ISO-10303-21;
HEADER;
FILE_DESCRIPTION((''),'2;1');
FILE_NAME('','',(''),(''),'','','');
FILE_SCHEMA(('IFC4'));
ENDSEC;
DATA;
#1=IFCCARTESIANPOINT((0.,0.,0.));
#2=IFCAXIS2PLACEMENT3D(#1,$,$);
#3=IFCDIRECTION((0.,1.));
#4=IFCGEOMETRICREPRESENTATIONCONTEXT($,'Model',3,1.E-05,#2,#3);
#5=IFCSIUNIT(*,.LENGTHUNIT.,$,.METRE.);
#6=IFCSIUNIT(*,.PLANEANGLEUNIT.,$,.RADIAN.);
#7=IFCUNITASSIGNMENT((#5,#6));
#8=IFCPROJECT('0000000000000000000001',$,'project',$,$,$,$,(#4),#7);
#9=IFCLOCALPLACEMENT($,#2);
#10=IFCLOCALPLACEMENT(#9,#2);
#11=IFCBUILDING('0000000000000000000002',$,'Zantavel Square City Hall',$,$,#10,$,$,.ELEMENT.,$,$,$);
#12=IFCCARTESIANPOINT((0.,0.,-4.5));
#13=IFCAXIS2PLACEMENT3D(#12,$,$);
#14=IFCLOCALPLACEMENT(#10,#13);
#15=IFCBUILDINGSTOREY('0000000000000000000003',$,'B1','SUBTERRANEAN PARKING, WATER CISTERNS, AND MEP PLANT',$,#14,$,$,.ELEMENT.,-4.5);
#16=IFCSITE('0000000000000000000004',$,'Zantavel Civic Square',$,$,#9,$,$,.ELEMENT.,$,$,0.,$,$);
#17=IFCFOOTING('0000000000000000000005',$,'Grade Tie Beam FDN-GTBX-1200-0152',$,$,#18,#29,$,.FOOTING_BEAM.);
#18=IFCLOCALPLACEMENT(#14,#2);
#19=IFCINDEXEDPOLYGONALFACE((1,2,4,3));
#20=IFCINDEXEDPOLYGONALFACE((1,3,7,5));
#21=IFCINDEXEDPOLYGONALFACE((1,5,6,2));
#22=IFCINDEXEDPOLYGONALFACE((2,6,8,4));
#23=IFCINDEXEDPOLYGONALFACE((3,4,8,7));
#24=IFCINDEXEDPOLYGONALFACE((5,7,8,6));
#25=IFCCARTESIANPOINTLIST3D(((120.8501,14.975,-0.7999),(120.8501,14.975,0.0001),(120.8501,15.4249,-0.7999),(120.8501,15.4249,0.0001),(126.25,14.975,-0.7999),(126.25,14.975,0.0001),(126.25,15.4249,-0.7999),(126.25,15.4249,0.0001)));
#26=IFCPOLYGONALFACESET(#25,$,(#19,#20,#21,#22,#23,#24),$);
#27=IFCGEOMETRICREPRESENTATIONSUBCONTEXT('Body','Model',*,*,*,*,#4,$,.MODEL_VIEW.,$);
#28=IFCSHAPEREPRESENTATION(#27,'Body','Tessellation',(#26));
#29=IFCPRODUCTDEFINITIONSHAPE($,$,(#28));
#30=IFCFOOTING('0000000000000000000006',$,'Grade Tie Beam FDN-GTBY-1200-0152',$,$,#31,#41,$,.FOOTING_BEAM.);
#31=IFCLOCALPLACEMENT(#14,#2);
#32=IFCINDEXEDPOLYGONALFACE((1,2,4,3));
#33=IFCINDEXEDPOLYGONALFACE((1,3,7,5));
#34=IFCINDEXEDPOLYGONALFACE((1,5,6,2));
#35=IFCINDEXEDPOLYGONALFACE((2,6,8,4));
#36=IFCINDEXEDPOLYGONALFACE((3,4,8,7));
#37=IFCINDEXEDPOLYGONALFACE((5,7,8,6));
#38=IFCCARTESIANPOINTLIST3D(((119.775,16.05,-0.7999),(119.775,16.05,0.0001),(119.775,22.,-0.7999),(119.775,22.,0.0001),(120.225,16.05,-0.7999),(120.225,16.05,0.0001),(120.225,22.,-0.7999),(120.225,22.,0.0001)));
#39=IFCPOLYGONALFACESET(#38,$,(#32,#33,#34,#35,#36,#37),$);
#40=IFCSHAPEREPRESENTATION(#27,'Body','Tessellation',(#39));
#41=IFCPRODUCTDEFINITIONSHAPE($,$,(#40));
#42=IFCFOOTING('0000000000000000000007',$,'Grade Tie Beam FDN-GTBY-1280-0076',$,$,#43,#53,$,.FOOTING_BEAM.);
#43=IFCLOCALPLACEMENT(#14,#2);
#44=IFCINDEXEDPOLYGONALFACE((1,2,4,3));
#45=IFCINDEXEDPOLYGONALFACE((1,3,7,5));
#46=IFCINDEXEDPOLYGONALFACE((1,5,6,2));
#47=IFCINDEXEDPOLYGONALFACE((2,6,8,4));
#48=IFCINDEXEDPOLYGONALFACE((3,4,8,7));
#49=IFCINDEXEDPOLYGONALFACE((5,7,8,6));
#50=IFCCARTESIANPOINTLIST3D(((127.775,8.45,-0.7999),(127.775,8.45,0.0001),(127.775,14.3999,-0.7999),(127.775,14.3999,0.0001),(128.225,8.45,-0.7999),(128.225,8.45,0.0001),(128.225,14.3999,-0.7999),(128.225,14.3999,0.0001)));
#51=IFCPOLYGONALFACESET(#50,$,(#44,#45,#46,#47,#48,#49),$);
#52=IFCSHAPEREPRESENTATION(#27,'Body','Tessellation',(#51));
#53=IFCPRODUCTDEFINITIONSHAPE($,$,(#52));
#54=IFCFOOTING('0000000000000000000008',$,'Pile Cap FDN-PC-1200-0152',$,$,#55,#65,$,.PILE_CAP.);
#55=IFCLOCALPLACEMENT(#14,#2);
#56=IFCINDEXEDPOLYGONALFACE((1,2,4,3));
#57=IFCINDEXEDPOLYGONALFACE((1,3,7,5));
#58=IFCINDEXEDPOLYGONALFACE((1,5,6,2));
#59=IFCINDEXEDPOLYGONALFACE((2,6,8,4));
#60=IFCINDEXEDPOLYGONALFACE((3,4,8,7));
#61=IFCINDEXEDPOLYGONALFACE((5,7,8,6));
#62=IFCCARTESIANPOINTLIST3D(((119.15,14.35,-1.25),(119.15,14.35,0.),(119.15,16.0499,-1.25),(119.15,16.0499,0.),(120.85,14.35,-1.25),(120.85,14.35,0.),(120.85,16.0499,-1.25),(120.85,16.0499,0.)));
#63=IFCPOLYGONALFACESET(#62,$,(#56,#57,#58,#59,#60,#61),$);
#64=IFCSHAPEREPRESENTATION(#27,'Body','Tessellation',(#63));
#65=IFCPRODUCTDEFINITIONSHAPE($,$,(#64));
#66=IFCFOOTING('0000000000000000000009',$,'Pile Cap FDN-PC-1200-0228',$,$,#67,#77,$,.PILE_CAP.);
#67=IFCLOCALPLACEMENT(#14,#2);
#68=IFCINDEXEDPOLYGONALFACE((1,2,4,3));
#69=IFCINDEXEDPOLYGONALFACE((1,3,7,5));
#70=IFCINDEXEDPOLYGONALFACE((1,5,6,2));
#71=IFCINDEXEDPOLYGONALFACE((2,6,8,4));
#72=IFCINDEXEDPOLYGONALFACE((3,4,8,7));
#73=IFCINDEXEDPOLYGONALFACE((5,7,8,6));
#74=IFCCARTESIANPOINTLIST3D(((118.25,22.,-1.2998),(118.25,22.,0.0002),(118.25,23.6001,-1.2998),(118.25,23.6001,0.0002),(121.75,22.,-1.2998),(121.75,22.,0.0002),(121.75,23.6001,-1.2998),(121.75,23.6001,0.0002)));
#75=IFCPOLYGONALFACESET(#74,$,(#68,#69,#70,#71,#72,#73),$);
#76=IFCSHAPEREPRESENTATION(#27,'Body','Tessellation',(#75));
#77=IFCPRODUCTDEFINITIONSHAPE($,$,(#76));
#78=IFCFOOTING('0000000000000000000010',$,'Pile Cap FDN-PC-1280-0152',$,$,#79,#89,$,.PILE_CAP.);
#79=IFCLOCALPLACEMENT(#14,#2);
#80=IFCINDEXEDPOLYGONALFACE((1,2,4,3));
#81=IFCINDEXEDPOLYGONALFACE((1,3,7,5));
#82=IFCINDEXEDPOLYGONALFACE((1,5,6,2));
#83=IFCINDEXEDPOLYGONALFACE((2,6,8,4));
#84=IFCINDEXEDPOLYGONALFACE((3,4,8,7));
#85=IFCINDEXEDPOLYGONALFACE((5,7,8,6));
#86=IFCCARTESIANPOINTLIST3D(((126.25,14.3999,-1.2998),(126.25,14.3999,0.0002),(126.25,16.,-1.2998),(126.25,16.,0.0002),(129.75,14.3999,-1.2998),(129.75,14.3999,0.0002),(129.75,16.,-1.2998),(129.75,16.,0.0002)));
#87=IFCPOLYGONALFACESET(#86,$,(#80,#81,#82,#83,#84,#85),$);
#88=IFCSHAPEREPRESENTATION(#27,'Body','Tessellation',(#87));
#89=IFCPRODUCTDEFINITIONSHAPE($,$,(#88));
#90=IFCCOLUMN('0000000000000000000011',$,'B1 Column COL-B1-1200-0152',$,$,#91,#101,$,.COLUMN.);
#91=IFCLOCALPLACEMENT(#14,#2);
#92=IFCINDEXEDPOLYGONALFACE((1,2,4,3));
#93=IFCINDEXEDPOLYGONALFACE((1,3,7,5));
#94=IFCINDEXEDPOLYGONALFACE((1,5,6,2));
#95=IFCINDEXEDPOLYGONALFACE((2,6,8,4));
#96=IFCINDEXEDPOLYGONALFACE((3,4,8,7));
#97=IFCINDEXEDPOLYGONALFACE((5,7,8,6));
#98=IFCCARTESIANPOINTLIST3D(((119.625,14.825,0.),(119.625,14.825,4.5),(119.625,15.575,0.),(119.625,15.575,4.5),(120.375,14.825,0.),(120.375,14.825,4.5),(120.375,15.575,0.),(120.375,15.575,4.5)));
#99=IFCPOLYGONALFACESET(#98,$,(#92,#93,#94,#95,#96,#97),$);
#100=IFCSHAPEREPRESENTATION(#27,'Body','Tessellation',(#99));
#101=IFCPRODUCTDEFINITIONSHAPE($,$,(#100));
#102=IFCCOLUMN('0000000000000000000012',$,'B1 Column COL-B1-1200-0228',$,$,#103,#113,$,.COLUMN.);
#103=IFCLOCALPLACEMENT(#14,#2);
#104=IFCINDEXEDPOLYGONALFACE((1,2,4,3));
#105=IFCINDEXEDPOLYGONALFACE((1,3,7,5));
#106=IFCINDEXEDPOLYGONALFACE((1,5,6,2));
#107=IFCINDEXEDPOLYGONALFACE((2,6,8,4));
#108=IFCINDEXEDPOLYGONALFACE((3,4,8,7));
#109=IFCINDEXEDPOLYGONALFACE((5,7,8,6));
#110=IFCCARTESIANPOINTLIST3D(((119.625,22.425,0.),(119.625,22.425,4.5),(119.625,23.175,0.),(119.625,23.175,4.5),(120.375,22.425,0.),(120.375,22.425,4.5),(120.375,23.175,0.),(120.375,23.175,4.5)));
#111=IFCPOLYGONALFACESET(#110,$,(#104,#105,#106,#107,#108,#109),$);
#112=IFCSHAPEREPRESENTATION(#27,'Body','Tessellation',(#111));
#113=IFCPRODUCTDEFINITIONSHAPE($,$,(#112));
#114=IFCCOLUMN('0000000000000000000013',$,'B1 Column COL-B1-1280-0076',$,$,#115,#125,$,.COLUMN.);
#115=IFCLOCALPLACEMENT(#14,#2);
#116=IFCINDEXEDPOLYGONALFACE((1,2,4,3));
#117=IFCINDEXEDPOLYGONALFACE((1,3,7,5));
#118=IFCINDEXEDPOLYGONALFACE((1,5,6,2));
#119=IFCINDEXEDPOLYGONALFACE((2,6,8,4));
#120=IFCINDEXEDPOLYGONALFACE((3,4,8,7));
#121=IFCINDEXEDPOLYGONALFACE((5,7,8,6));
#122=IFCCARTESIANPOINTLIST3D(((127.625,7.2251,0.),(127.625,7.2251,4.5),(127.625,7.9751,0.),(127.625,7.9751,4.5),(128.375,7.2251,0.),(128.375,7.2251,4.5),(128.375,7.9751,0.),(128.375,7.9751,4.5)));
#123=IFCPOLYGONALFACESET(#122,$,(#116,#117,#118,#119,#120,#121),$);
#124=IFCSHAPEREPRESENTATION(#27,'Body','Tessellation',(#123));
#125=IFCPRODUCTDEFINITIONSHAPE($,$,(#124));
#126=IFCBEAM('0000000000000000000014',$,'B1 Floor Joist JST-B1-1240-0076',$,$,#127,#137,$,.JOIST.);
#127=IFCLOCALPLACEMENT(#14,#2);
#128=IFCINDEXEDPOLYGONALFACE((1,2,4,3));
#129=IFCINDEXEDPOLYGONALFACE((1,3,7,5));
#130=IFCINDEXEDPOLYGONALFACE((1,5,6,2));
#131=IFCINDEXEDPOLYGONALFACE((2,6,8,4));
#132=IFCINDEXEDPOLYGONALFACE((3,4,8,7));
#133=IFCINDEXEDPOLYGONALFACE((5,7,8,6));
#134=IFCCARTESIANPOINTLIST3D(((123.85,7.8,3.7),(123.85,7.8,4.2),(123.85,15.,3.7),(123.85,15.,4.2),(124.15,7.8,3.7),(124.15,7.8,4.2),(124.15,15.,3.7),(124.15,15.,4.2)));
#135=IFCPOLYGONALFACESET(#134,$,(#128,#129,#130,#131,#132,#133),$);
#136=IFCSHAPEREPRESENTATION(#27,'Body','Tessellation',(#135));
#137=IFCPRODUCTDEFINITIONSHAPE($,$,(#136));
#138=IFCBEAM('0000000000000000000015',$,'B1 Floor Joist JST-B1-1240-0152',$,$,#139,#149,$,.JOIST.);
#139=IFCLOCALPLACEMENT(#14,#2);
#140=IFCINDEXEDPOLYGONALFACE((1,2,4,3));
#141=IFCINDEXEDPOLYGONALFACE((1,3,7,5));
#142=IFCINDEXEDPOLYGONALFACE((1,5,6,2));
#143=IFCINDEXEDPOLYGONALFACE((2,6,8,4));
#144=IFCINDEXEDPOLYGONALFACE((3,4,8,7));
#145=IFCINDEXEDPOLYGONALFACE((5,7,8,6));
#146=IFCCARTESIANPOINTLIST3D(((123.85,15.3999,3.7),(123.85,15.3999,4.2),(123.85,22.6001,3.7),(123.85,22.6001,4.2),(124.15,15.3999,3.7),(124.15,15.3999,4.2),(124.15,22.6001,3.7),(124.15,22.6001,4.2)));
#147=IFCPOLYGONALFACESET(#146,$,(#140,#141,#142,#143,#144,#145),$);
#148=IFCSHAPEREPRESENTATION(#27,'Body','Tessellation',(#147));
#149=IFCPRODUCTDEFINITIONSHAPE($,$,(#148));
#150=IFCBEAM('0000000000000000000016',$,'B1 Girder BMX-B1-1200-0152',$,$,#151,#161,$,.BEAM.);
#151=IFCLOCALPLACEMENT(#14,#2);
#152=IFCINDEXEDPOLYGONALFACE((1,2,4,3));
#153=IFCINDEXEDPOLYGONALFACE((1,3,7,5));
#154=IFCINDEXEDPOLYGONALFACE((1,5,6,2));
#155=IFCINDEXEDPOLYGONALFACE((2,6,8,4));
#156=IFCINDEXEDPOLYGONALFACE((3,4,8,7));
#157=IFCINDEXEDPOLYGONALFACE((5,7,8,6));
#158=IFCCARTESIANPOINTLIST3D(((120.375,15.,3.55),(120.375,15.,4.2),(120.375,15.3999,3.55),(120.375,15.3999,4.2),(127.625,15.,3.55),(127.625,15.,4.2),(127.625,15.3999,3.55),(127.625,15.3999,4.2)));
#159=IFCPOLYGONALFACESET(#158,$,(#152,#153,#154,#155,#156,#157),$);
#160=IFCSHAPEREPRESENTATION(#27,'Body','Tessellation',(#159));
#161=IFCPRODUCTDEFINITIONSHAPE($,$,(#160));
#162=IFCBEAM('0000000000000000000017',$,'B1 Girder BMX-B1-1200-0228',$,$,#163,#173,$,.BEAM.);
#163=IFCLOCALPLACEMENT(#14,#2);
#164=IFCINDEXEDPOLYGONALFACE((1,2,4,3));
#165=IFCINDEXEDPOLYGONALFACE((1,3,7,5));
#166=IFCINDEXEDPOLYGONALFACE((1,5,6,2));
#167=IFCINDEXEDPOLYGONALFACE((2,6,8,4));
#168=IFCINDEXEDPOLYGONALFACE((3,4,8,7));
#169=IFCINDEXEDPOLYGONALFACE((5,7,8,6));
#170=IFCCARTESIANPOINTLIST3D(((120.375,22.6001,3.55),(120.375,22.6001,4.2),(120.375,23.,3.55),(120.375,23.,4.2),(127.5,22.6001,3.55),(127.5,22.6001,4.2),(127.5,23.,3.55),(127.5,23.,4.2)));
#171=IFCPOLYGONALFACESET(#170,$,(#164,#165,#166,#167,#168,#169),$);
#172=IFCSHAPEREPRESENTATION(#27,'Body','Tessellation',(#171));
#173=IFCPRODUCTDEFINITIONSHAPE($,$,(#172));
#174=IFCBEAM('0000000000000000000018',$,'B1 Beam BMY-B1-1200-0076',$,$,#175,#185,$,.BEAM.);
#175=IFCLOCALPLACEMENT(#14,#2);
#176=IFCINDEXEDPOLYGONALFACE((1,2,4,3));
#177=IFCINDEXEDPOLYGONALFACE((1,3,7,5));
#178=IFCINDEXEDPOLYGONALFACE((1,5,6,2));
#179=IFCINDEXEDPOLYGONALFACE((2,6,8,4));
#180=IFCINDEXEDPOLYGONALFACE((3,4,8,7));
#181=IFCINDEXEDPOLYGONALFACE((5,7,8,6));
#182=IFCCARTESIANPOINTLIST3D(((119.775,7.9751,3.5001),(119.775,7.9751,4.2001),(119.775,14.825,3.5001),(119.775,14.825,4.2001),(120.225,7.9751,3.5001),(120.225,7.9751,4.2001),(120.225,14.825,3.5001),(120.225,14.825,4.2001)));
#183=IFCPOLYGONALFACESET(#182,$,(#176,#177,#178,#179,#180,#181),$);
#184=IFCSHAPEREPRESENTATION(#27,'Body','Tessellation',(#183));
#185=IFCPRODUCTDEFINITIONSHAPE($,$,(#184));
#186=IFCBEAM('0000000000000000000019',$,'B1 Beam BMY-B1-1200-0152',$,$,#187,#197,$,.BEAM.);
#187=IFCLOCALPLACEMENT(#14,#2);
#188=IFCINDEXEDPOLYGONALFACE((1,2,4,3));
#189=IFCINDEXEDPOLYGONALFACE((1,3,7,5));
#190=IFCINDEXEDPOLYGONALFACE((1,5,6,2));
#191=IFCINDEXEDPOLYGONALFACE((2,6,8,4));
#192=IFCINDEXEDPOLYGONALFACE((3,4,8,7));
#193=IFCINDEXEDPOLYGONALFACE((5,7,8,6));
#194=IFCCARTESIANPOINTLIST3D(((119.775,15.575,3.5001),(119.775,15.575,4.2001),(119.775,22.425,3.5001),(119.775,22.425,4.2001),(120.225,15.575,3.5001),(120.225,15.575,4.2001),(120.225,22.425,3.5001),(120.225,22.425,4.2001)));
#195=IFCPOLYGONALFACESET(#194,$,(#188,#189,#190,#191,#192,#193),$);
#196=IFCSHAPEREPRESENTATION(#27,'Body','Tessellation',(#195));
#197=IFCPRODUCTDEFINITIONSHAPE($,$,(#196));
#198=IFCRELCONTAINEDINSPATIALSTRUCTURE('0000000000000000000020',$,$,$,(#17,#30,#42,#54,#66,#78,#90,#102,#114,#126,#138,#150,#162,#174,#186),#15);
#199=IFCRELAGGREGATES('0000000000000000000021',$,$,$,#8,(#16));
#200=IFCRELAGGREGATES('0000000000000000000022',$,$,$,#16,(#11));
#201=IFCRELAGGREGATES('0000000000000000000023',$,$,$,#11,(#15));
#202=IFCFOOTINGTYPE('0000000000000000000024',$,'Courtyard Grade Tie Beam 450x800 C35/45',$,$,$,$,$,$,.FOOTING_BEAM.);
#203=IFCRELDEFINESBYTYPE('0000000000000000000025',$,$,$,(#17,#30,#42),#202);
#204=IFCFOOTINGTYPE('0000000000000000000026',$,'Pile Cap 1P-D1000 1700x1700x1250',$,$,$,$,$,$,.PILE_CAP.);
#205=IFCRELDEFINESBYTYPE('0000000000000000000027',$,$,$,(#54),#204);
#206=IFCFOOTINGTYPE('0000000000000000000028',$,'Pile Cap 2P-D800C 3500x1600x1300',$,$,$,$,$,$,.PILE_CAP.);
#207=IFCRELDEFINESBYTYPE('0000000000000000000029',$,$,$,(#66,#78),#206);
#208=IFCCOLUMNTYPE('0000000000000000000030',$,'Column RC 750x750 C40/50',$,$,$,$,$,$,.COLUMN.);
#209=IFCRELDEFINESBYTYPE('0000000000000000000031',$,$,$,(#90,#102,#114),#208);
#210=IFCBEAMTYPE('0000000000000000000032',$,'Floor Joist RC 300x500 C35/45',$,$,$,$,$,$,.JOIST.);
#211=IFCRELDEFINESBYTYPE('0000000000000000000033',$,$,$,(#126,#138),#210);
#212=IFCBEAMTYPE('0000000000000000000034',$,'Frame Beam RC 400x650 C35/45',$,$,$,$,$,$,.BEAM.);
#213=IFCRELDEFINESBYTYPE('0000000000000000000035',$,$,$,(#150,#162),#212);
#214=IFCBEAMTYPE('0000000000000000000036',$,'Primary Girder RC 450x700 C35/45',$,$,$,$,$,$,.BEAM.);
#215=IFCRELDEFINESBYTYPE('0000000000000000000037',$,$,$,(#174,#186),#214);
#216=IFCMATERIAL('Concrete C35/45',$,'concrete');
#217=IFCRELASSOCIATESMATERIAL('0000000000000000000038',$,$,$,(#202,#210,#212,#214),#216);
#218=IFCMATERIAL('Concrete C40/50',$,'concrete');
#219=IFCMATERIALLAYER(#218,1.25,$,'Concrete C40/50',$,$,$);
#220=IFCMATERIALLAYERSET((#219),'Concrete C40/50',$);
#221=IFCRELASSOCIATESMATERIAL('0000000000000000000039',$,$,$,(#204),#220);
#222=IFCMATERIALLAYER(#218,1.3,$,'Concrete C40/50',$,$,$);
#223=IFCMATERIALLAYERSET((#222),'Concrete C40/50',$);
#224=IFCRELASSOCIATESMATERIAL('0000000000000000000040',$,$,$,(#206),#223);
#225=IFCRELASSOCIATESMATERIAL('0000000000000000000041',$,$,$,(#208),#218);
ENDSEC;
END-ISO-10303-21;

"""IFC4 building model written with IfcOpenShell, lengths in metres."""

from ifc_helpers import new_model, si_unit, direction, frame, origin, origin_2d, place, context, subcontext, project, spatial, rectangle, extrude, material, layer, layer_set, material_profile, profile_set, type_object, element, save


model = new_model("IFC4")

# Units and contexts
model_context = context("Model", 3, precision=1e-05, world=origin(), true_north=direction((0.0, 1.0)))
body_context = subcontext(model_context, "Body", "Model", "MODEL_VIEW")
ifc_project = project(units=[si_unit("LENGTHUNIT", "METRE"), si_unit("PLANEANGLEUNIT", "RADIAN")], contexts=[model_context])

# Site, building, storey
site_placement = place(None, origin())
site = spatial("IfcSite", under=ifc_project, at=site_placement, Name="Zantavel Civic Square", CompositionType="ELEMENT", RefElevation=0.0)
building_placement = place(site_placement, origin())
building = spatial("IfcBuilding", under=site, at=building_placement, Name="Zantavel Square City Hall", CompositionType="ELEMENT")
storey_placement = place(building_placement, frame((0.0, 0.0, -4.5)))
storey = spatial("IfcBuildingStorey", under=building, at=storey_placement, Name="B1", Description="SUBTERRANEAN PARKING, WATER CISTERNS, AND MEP PLANT", CompositionType="ELEMENT", Elevation=-4.5)

# Shared definitions
ifc_material_1 = material(Name="Concrete C35/45", Category="concrete")

# Footings
ifc_material_profile_1 = material_profile(ifc_material_1, rectangle(XDim=0.45, YDim=0.8, at=origin_2d()), Name="RC 450x800")
ifc_profile_set_1 = profile_set([ifc_material_profile_1], Name="Concrete C35/45")
footing_type_1 = type_object("IfcFootingType", Name="Courtyard Grade Tie Beam 450x800 C35/45", PredefinedType="FOOTING_BEAM", material=ifc_profile_set_1)
footing_1_placement = place(storey_placement, frame((120.8501, 15.2, -0.3999), z_axis=(1.0, 0.0, 0.0), x_axis=(0.0, 1.0, 0.0)))
element("IfcFooting", 1, at=footing_1_placement, inside=storey, type_object=footing_type_1, Name="Grade Tie Beam FDN-GTBX-1200-0152", PredefinedType="FOOTING_BEAM", context=body_context, shape_type="SweptSolid", body=[
    extrude(rectangle(XDim=0.45, YDim=0.8, at=origin_2d()), origin(), (0.0, 0.0, 1.0), 5.3999),
])
for number, where, z_axis, x_axis, name in (
    (2, (120.0, 16.05, -0.3999), (0.0, 1.0, 0.0), (-1.0, 0.0, 0.0), "Grade Tie Beam FDN-GTBY-1200-0152"),
    (3, (128.0, 8.45, -0.3999), (0.0, 1.0, 0.0), (-1.0, 0.0, 0.0), "Grade Tie Beam FDN-GTBY-1280-0076"),
):
    element("IfcFooting", number, at=place(storey_placement, frame(where, z_axis=z_axis, x_axis=x_axis)), inside=storey, type_object=footing_type_1, Name=name, PredefinedType="FOOTING_BEAM", context=body_context, shape_type="SweptSolid", body=[
        extrude(rectangle(XDim=0.45, YDim=0.8, at=origin_2d()), origin(), (0.0, 0.0, 1.0), 5.95),
    ])
ifc_material_2 = material(Name="Concrete C40/50", Category="concrete")
ifc_layer_1 = layer(ifc_material_2, 1.25, Name="Concrete C40/50")
ifc_layer_set_1 = layer_set([ifc_layer_1], Name="Concrete C40/50")
footing_type_2 = type_object("IfcFootingType", Name="Pile Cap 1P-D1000 1700x1700x1250", PredefinedType="PILE_CAP", material=ifc_layer_set_1)
footing_2_placement = place(storey_placement, frame((120.0, 15.2, -1.25), z_axis=(0.0, 0.0, 1.0), x_axis=(1.0, 0.0, 0.0)))
element("IfcFooting", 4, at=footing_2_placement, inside=storey, type_object=footing_type_2, Name="Pile Cap FDN-PC-1200-0152", PredefinedType="PILE_CAP", context=body_context, shape_type="SweptSolid", body=[
    extrude(rectangle(XDim=1.7, YDim=1.7, at=origin_2d()), origin(), (0.0, 0.0, 1.0), 1.25),
])
ifc_layer_2 = layer(ifc_material_2, 1.3, Name="Concrete C40/50")
ifc_layer_set_2 = layer_set([ifc_layer_2], Name="Concrete C40/50")
footing_type_3 = type_object("IfcFootingType", Name="Pile Cap 2P-D800C 3500x1600x1300", PredefinedType="PILE_CAP", material=ifc_layer_set_2)
for number, where, z_axis, x_axis, name in (
    (5, (120.0, 22.8, -1.2998), (0.0, 0.0, 1.0), (1.0, 0.0, 0.0), "Pile Cap FDN-PC-1200-0228"),
    (6, (128.0, 15.2, -1.2998), (0.0, 0.0, 1.0), (1.0, 0.0, 0.0), "Pile Cap FDN-PC-1280-0152"),
):
    element("IfcFooting", number, at=place(storey_placement, frame(where, z_axis=z_axis, x_axis=x_axis)), inside=storey, type_object=footing_type_3, Name=name, PredefinedType="PILE_CAP", context=body_context, shape_type="SweptSolid", body=[
        extrude(rectangle(XDim=3.5, YDim=1.6001, at=origin_2d()), origin(), (0.0, 0.0, 1.0), 1.3),
    ])

# Columns
ifc_material_profile_2 = material_profile(ifc_material_2, rectangle(XDim=0.75, YDim=0.75, at=origin_2d()), Name="RC 750x750")
ifc_profile_set_2 = profile_set([ifc_material_profile_2], Name="Concrete C40/50")
column_type = type_object("IfcColumnType", Name="Column RC 750x750 C40/50", PredefinedType="COLUMN", material=ifc_profile_set_2)
for number, where, z_axis, x_axis, name in (
    (7, (120.0, 15.2, 0.0), (0.0, 0.0, 1.0), (1.0, 0.0, 0.0), "B1 Column COL-B1-1200-0152"),
    (8, (120.0, 22.8, 0.0), (0.0, 0.0, 1.0), (1.0, 0.0, 0.0), "B1 Column COL-B1-1200-0228"),
    (9, (128.0, 7.6001, 0.0), (0.0, 0.0, 1.0), (1.0, 0.0, 0.0), "B1 Column COL-B1-1280-0076"),
):
    element("IfcColumn", number, at=place(storey_placement, frame(where, z_axis=z_axis, x_axis=x_axis)), inside=storey, type_object=column_type, Name=name, PredefinedType="COLUMN", context=body_context, shape_type="SweptSolid", body=[
        extrude(rectangle(XDim=0.75, YDim=0.75, at=origin_2d()), origin(), (0.0, 0.0, 1.0), 4.5),
    ])

# Beams
ifc_material_profile_3 = material_profile(ifc_material_1, rectangle(XDim=0.3, YDim=0.5, at=origin_2d()), Name="RC 300x500")
ifc_profile_set_3 = profile_set([ifc_material_profile_3], Name="Concrete C35/45")
beam_type_1 = type_object("IfcBeamType", Name="Floor Joist RC 300x500 C35/45", PredefinedType="JOIST", material=ifc_profile_set_3)
beam_1_placement = place(storey_placement, frame((124.0, 7.8, 3.95), z_axis=(0.0, 1.0, 0.0), x_axis=(-1.0, 0.0, 0.0)))
element("IfcBeam", 10, at=beam_1_placement, inside=storey, type_object=beam_type_1, Name="B1 Floor Joist JST-B1-1240-0076", PredefinedType="JOIST", context=body_context, shape_type="SweptSolid", body=[
    extrude(rectangle(XDim=0.3, YDim=0.5, at=origin_2d()), origin(), (0.0, 0.0, 1.0), 7.2),
])
beam_2_placement = place(storey_placement, frame((124.0, 15.3999, 3.95), z_axis=(0.0, 1.0, 0.0), x_axis=(-1.0, 0.0, 0.0)))
element("IfcBeam", 11, at=beam_2_placement, inside=storey, type_object=beam_type_1, Name="B1 Floor Joist JST-B1-1240-0152", PredefinedType="JOIST", context=body_context, shape_type="SweptSolid", body=[
    extrude(rectangle(XDim=0.3, YDim=0.5, at=origin_2d()), origin(), (0.0, 0.0, 1.0), 7.2002),
])
ifc_material_profile_4 = material_profile(ifc_material_1, rectangle(XDim=0.3999, YDim=0.6499, at=origin_2d()), Name="RC 400x650")
ifc_profile_set_4 = profile_set([ifc_material_profile_4], Name="Concrete C35/45")
beam_type_2 = type_object("IfcBeamType", Name="Frame Beam RC 400x650 C35/45", PredefinedType="BEAM", material=ifc_profile_set_4)
beam_3_placement = place(storey_placement, frame((120.375, 15.2, 3.875), z_axis=(1.0, 0.0, 0.0), x_axis=(0.0, 1.0, 0.0)))
element("IfcBeam", 12, at=beam_3_placement, inside=storey, type_object=beam_type_2, Name="B1 Girder BMX-B1-1200-0152", PredefinedType="BEAM", context=body_context, shape_type="SweptSolid", body=[
    extrude(rectangle(XDim=0.3999, YDim=0.6499, at=origin_2d()), origin(), (0.0, 0.0, 1.0), 7.25),
])
beam_4_placement = place(storey_placement, frame((120.375, 22.8, 3.875), z_axis=(1.0, 0.0, 0.0), x_axis=(0.0, 1.0, 0.0)))
element("IfcBeam", 13, at=beam_4_placement, inside=storey, type_object=beam_type_2, Name="B1 Girder BMX-B1-1200-0228", PredefinedType="BEAM", context=body_context, shape_type="SweptSolid", body=[
    extrude(rectangle(XDim=0.3999, YDim=0.6499, at=origin_2d()), origin(), (0.0, 0.0, 1.0), 7.125),
])
ifc_material_profile_5 = material_profile(ifc_material_1, rectangle(XDim=0.45, YDim=0.7, at=origin_2d()), Name="RC 450x700")
ifc_profile_set_5 = profile_set([ifc_material_profile_5], Name="Concrete C35/45")
beam_type_3 = type_object("IfcBeamType", Name="Primary Girder RC 450x700 C35/45", PredefinedType="BEAM", material=ifc_profile_set_5)
beam_5_placement = place(storey_placement, frame((120.0, 7.9751, 3.8501), z_axis=(0.0, 1.0, 0.0), x_axis=(-1.0, 0.0, 0.0)))
element("IfcBeam", 14, at=beam_5_placement, inside=storey, type_object=beam_type_3, Name="B1 Beam BMY-B1-1200-0076", PredefinedType="BEAM", context=body_context, shape_type="SweptSolid", body=[
    extrude(rectangle(XDim=0.45, YDim=0.7, at=origin_2d()), origin(), (0.0, 0.0, 1.0), 6.8499),
])
beam_6_placement = place(storey_placement, frame((120.0, 15.575, 3.8501), z_axis=(0.0, 1.0, 0.0), x_axis=(-1.0, 0.0, 0.0)))
element("IfcBeam", 15, at=beam_6_placement, inside=storey, type_object=beam_type_3, Name="B1 Beam BMY-B1-1200-0152", PredefinedType="BEAM", context=body_context, shape_type="SweptSolid", body=[
    extrude(rectangle(XDim=0.45, YDim=0.7, at=origin_2d()), origin(), (0.0, 0.0, 1.0), 6.8501),
])

save(model, "model.ifc")
